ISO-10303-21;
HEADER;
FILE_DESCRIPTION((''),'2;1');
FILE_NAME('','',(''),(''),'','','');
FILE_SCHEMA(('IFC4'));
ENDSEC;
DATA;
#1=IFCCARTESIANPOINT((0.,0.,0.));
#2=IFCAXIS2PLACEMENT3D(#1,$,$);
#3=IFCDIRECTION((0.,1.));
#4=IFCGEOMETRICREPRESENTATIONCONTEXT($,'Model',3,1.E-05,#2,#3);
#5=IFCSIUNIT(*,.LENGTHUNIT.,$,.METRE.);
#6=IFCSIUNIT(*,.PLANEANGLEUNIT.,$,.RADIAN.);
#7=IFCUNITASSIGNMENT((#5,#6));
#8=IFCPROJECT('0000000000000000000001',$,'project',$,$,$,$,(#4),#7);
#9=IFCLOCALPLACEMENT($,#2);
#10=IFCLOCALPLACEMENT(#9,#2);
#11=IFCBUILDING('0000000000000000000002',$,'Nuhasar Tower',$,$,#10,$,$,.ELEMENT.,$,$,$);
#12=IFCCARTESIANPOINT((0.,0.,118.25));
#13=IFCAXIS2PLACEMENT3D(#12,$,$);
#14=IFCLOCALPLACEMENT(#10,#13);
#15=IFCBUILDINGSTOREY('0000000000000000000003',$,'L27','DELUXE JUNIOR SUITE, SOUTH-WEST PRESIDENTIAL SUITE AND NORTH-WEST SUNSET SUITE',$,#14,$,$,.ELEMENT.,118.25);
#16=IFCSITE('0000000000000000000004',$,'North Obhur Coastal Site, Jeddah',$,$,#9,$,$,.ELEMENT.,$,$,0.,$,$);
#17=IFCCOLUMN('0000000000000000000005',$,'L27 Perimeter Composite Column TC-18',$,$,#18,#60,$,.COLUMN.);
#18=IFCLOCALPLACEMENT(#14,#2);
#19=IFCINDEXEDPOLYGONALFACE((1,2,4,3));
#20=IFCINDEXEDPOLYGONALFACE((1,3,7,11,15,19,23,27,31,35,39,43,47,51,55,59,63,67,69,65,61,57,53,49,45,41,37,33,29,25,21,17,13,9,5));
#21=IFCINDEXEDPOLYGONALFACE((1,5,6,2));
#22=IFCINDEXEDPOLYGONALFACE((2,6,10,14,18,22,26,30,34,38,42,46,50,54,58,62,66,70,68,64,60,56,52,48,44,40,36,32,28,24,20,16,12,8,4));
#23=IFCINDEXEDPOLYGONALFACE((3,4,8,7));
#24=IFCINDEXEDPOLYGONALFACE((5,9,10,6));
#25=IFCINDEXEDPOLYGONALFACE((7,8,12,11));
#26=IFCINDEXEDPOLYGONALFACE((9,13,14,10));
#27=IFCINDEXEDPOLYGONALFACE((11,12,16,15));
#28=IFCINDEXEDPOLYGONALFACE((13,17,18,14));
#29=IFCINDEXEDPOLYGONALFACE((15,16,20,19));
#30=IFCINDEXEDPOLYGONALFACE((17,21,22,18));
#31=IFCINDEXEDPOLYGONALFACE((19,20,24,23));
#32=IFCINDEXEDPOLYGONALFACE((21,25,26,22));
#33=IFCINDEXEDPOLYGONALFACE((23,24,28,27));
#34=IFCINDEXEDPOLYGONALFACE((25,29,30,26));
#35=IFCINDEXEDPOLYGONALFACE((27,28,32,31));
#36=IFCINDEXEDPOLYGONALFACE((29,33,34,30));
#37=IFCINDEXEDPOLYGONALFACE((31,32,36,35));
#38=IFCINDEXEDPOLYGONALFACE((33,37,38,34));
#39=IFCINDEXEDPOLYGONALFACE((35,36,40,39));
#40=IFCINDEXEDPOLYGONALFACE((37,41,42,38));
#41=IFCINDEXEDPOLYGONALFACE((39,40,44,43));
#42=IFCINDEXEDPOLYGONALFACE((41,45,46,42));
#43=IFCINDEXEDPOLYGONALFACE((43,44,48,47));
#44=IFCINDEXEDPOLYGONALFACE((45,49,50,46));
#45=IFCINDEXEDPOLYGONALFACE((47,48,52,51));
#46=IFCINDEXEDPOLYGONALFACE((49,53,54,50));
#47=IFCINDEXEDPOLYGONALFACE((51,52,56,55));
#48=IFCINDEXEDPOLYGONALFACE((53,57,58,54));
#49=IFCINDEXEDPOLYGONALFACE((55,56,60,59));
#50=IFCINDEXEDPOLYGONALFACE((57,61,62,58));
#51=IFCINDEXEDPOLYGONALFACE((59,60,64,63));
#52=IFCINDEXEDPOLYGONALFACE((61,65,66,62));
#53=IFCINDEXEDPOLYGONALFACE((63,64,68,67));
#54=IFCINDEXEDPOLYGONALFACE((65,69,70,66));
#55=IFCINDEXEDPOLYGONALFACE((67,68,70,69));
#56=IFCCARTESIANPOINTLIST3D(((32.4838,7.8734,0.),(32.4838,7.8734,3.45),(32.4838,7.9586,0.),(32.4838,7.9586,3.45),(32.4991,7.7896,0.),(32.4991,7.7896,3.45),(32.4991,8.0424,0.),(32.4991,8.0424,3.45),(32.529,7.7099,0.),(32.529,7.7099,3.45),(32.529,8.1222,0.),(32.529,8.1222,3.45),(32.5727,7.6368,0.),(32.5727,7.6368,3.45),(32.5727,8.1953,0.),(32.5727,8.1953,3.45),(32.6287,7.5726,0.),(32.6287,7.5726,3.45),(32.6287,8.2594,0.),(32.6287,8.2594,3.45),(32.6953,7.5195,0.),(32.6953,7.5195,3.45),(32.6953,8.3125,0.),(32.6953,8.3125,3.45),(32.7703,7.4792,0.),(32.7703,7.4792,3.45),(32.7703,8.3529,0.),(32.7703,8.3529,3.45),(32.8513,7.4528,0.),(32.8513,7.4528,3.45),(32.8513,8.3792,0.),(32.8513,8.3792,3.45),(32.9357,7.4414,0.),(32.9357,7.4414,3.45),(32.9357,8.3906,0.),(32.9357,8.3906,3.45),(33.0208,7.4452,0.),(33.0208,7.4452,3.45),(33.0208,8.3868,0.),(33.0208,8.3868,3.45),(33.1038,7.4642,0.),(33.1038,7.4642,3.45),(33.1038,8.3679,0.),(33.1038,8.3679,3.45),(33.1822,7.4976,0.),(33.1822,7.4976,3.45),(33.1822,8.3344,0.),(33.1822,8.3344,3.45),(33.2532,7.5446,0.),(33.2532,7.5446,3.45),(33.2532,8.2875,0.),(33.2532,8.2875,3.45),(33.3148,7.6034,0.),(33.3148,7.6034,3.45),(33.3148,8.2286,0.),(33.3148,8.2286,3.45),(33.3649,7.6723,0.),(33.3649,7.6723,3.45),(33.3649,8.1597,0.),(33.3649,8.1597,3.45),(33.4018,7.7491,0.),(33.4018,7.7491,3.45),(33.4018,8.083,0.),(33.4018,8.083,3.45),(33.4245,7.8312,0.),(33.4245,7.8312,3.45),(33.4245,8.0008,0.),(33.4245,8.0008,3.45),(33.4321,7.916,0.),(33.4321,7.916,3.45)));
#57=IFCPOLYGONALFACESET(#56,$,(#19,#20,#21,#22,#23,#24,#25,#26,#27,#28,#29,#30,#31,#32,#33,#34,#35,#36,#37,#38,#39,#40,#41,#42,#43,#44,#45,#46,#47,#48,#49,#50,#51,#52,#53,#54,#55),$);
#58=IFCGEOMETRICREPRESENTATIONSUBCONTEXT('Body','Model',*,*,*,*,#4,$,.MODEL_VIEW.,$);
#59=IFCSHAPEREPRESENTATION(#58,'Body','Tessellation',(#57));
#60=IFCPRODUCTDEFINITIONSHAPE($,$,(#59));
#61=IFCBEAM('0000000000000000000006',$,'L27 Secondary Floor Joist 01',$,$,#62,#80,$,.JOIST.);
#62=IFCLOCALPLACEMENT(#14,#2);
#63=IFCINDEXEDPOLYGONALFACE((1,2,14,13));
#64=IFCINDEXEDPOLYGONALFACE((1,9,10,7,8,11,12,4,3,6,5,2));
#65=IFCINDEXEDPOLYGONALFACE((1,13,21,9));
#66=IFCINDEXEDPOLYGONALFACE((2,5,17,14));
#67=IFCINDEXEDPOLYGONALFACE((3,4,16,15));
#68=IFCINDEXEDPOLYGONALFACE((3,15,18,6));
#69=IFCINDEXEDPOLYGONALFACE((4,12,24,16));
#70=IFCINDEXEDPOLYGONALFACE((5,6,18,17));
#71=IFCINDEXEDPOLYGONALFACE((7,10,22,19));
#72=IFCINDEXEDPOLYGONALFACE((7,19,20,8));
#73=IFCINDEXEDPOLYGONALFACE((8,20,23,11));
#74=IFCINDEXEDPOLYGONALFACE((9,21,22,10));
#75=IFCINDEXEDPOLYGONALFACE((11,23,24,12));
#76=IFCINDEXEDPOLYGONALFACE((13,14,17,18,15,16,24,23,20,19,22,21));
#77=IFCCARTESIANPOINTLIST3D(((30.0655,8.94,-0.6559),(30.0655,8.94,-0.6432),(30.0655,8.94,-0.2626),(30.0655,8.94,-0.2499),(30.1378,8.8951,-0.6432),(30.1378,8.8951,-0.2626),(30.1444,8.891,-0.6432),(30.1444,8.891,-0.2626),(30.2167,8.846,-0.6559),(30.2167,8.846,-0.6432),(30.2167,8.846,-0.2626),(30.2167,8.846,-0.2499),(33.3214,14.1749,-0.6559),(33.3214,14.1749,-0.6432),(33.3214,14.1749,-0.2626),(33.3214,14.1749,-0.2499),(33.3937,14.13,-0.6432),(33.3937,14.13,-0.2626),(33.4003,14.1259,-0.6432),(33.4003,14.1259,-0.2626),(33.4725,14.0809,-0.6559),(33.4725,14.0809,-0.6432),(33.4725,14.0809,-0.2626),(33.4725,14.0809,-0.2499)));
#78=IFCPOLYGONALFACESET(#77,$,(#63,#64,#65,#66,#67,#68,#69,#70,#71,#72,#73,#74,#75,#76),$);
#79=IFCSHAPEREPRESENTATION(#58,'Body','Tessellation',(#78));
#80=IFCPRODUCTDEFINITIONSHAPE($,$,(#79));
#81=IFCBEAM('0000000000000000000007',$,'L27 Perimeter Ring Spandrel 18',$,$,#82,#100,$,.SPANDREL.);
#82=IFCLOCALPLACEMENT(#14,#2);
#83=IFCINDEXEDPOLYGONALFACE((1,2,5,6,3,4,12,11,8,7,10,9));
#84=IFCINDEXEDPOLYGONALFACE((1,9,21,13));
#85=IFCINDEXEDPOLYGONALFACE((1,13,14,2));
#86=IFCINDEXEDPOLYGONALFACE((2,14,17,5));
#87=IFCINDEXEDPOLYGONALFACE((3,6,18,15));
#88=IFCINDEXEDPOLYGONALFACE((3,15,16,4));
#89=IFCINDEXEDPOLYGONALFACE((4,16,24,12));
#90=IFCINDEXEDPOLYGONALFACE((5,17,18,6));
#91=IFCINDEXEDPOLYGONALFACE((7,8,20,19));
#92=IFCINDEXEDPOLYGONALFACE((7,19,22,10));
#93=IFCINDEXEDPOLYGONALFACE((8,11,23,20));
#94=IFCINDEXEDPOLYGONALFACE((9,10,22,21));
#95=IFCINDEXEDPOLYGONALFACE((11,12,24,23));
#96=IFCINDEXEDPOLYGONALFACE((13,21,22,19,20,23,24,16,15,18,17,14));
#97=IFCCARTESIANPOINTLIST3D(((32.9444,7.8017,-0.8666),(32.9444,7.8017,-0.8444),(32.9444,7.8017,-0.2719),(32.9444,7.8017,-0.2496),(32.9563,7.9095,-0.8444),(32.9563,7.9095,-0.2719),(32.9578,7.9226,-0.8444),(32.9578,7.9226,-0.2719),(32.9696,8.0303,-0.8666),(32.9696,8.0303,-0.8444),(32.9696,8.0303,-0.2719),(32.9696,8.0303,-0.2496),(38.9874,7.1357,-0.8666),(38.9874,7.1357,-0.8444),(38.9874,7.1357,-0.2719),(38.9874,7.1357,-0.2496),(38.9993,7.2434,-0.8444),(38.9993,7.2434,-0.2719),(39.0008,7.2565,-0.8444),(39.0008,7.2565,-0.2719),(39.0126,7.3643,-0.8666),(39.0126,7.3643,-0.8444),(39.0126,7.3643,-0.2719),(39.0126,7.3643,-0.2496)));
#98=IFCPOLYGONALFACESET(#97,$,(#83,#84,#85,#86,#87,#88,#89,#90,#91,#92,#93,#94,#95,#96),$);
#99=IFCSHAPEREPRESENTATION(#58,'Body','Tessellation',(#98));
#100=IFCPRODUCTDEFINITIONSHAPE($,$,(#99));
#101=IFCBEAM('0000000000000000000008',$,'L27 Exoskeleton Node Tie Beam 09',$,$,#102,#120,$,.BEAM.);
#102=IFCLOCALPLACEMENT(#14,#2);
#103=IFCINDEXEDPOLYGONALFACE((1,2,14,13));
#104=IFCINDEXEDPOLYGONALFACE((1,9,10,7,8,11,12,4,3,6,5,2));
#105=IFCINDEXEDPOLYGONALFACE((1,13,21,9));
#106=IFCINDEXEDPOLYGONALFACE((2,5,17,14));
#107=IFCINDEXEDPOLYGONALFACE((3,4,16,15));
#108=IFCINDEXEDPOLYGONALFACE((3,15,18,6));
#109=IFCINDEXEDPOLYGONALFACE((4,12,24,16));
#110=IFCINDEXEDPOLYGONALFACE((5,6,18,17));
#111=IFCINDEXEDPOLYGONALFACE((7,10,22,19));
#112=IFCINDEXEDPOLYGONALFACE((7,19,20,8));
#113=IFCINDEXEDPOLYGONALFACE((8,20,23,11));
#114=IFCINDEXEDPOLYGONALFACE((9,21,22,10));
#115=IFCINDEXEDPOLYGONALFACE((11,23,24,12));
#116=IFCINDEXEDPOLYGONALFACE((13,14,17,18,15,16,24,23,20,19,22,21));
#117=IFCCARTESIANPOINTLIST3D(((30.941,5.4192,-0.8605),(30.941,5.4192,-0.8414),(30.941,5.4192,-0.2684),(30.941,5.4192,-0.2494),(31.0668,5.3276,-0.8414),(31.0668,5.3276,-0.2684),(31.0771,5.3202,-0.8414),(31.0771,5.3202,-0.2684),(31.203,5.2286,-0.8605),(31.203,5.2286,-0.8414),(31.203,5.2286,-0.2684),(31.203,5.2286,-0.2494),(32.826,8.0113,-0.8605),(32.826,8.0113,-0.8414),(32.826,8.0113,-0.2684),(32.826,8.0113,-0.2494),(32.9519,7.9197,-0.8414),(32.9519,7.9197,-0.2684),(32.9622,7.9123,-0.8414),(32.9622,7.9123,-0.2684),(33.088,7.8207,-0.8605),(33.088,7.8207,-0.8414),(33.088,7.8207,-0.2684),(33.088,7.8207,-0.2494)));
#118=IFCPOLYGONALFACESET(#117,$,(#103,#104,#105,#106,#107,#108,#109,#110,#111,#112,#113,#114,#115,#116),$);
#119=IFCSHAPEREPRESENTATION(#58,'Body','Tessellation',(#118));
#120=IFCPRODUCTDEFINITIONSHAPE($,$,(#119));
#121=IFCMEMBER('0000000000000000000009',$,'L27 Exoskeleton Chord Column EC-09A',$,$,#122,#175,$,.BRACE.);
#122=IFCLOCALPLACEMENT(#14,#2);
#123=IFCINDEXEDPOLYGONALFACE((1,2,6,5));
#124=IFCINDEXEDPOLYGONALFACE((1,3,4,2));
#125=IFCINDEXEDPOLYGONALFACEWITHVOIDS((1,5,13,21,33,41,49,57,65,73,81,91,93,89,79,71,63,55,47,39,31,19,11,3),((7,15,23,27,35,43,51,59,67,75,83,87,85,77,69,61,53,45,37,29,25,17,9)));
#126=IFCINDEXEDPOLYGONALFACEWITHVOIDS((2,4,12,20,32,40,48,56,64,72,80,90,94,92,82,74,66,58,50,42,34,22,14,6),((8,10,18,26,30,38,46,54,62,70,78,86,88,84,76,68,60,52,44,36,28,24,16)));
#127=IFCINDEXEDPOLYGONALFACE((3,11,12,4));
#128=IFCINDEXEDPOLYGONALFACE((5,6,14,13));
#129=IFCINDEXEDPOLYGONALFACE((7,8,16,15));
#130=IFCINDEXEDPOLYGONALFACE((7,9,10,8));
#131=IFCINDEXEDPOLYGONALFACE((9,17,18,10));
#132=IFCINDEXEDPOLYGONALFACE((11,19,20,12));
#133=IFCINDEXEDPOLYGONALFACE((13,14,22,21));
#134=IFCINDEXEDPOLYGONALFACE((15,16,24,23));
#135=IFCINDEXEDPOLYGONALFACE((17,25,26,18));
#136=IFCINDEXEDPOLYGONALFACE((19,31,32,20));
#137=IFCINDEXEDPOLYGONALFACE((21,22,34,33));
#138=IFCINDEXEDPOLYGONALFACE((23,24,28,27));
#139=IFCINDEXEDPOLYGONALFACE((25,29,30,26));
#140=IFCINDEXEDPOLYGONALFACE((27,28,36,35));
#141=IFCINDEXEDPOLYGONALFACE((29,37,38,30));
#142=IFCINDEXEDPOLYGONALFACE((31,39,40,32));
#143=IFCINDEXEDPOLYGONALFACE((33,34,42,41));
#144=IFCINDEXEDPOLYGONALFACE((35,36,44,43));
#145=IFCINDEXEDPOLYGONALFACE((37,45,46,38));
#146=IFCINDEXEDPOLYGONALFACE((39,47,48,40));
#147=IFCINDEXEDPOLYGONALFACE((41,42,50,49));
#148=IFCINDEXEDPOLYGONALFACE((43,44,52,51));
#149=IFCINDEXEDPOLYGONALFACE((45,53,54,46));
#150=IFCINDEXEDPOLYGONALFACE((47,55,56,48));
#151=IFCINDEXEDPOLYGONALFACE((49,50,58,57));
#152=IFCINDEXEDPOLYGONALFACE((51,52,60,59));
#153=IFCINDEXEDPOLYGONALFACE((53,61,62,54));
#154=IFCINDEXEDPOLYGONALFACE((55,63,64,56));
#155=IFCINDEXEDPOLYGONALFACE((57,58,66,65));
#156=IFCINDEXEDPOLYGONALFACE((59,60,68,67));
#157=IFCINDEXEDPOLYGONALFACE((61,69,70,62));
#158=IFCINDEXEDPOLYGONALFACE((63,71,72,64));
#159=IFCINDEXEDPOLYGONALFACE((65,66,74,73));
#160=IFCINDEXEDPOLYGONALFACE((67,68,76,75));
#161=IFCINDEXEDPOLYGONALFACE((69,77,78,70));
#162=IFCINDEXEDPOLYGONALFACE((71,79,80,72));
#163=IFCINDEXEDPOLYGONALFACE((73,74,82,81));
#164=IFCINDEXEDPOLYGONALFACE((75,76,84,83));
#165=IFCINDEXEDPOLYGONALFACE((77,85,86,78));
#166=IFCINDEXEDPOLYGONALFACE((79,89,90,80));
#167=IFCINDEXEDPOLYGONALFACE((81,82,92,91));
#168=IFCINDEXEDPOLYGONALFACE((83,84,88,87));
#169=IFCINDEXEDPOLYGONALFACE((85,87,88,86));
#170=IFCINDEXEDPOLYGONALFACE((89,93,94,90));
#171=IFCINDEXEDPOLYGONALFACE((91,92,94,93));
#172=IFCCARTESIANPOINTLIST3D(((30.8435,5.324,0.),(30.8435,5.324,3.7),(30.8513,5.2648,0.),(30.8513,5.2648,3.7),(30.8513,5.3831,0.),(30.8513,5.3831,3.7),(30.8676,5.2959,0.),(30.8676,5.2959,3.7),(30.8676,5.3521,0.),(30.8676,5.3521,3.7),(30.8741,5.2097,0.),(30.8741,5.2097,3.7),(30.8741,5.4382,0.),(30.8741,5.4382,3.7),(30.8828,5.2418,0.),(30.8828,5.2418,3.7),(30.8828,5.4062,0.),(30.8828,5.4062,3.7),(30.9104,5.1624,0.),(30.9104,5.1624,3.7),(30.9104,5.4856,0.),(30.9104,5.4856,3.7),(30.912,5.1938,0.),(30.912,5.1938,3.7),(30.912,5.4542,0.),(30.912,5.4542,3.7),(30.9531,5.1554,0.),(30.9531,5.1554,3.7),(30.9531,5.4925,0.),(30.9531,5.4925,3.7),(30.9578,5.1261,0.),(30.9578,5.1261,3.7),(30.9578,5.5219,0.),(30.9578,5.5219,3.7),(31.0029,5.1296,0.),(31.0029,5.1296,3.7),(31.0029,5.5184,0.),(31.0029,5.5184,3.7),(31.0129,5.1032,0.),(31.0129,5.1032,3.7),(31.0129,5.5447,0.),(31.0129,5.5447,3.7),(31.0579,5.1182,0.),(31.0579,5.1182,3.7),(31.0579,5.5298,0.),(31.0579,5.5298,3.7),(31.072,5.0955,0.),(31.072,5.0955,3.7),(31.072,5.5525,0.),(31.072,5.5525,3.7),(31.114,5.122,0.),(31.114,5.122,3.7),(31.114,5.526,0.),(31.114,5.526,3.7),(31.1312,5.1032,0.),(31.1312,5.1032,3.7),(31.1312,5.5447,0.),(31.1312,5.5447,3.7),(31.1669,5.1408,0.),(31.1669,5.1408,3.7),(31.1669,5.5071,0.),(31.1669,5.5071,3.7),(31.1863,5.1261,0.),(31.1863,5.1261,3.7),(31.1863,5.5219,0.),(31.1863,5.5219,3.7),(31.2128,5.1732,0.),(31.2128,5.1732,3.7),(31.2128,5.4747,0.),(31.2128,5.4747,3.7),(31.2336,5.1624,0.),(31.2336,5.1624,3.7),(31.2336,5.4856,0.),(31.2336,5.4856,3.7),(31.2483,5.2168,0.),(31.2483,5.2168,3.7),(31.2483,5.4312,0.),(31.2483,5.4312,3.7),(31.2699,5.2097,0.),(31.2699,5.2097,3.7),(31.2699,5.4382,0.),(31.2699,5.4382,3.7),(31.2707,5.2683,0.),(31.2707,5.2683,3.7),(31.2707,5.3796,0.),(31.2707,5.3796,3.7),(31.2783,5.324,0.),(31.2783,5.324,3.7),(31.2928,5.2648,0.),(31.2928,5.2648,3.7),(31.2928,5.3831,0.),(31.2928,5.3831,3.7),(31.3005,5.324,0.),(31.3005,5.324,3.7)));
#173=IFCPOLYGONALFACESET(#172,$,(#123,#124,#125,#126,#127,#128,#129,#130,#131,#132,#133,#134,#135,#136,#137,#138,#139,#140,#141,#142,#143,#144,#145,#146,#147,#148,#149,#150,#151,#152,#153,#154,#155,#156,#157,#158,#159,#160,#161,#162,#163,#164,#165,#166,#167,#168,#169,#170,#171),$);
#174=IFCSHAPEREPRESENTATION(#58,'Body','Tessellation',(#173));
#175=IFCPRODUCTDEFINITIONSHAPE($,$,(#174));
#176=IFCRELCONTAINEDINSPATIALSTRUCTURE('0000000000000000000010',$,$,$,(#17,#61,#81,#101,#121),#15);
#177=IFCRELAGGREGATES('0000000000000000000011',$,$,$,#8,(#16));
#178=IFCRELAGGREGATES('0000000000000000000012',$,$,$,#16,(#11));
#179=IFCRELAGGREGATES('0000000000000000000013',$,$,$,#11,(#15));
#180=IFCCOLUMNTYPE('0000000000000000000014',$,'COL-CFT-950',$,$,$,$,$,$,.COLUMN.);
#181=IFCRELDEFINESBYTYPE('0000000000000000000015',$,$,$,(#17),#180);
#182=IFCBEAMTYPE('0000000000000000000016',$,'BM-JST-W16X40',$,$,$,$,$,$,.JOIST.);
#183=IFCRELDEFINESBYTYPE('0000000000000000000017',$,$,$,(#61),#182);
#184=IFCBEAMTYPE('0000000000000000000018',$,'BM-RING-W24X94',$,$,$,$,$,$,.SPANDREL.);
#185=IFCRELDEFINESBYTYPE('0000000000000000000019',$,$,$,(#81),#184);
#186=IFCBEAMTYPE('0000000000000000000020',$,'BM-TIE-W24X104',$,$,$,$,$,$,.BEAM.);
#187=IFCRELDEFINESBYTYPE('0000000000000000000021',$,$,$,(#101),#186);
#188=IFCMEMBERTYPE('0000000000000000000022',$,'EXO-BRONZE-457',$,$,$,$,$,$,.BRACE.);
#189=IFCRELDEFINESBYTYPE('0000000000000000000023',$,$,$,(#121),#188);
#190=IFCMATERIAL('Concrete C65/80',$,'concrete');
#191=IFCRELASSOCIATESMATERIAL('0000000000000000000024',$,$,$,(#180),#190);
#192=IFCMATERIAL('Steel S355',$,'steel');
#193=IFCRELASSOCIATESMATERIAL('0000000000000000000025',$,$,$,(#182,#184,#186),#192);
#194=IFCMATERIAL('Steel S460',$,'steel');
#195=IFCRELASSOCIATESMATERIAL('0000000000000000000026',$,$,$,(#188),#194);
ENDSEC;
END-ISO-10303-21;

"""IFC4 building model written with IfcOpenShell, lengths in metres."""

from ifc_helpers import new_model, si_unit, direction, frame, origin, origin_2d, place, context, subcontext, project, spatial, circle, hollow_circle, i_section, extrude, material, material_profile, profile_set, type_object, element, save


model = new_model("IFC4")

# Units and contexts
model_context = context("Model", 3, precision=1e-05, world=origin(), true_north=direction((0.0, 1.0)))
body_context = subcontext(model_context, "Body", "Model", "MODEL_VIEW")
ifc_project = project(units=[si_unit("LENGTHUNIT", "METRE"), si_unit("PLANEANGLEUNIT", "RADIAN")], contexts=[model_context])

# Site, building, storey
site_placement = place(None, origin())
site = spatial("IfcSite", under=ifc_project, at=site_placement, Name="North Obhur Coastal Site, Jeddah", CompositionType="ELEMENT", RefElevation=0.0)
building_placement = place(site_placement, origin())
building = spatial("IfcBuilding", under=site, at=building_placement, Name="Nuhasar Tower", CompositionType="ELEMENT")
storey_placement = place(building_placement, frame((0.0, 0.0, 118.25)))
storey = spatial("IfcBuildingStorey", under=building, at=storey_placement, Name="L27", Description="DELUXE JUNIOR SUITE, SOUTH-WEST PRESIDENTIAL SUITE AND NORTH-WEST SUNSET SUITE", CompositionType="ELEMENT", Elevation=118.25)

# Column
ifc_material_1 = material(Name="Concrete C65/80", Category="concrete")
ifc_material_profile_1 = material_profile(ifc_material_1, circle(Radius=0.4751, at=origin_2d()), Name="CFT950")
ifc_profile_set_1 = profile_set([ifc_material_profile_1], Name="Concrete C65/80")
column_type = type_object("IfcColumnType", Name="COL-CFT-950", PredefinedType="COLUMN", material=ifc_profile_set_1)
column_placement = place(storey_placement, frame((32.957, 7.916, 0.0), z_axis=(0.0, 0.0, 1.0), x_axis=(1.0, 0.0, 0.0)))
element("IfcColumn", 1, at=column_placement, inside=storey, type_object=column_type, Name="L27 Perimeter Composite Column TC-18", PredefinedType="COLUMN", context=body_context, shape_type="SweptSolid", body=[
    extrude(circle(Radius=0.4751, at=origin_2d()), origin(), (0.0, 0.0, 1.0), 3.45),
])

# Beams
ifc_material_2 = material(Name="Steel S355", Category="steel")
ifc_material_profile_2 = material_profile(ifc_material_2, i_section(OverallWidth=0.178, OverallDepth=0.406, WebThickness=0.0078, FlangeThickness=0.0127, at=origin_2d()), Name="W16X40")
ifc_profile_set_2 = profile_set([ifc_material_profile_2], Name="Steel S355")
beam_type_1 = type_object("IfcBeamType", Name="BM-JST-W16X40", PredefinedType="JOIST", material=ifc_profile_set_2)
beam_1_placement = place(storey_placement, frame((33.397, 14.1279, -0.4529), z_axis=(-0.528139, -0.849158, 0.0), x_axis=(0.849158, -0.528139, 0.0)))
element("IfcBeam", 2, at=beam_1_placement, inside=storey, type_object=beam_type_1, Name="L27 Secondary Floor Joist 01", PredefinedType="JOIST", context=body_context, shape_type="SweptSolid", body=[
    extrude(i_section(OverallWidth=0.178, OverallDepth=0.406, WebThickness=0.0078, FlangeThickness=0.0127, at=origin_2d()), origin(), (0.0, 0.0, 1.0), 6.1648),
])
ifc_material_profile_3 = material_profile(ifc_material_2, i_section(OverallWidth=0.23, OverallDepth=0.6169, WebThickness=0.0132, FlangeThickness=0.0222, at=origin_2d()), Name="W24X94")
ifc_profile_set_3 = profile_set([ifc_material_profile_3], Name="Steel S355")
beam_type_2 = type_object("IfcBeamType", Name="BM-RING-W24X94", PredefinedType="SPANDREL", material=ifc_profile_set_3)
beam_2_placement = place(storey_placement, frame((32.957, 7.916, -0.5581), z_axis=(0.993981, -0.10955, 0.0), x_axis=(0.10955, 0.993981, 0.0)))
element("IfcBeam", 3, at=beam_2_placement, inside=storey, type_object=beam_type_2, Name="L27 Perimeter Ring Spandrel 18", PredefinedType="SPANDREL", context=body_context, shape_type="SweptSolid", body=[
    extrude(i_section(OverallWidth=0.23, OverallDepth=0.6169, WebThickness=0.0132, FlangeThickness=0.0222, at=origin_2d()), origin(), (0.0, 0.0, 1.0), 6.0796),
])
ifc_material_profile_4 = material_profile(ifc_material_2, i_section(OverallWidth=0.324, OverallDepth=0.6111, WebThickness=0.0127, FlangeThickness=0.019, at=origin_2d()), Name="W24X104")
ifc_profile_set_4 = profile_set([ifc_material_profile_4], Name="Steel S355")
beam_type_3 = type_object("IfcBeamType", Name="BM-TIE-W24X104", PredefinedType="BEAM", material=ifc_profile_set_4)
beam_3_placement = place(storey_placement, frame((32.957, 7.916, -0.5549), z_axis=(-0.588149, -0.808753, 0.0), x_axis=(0.808753, -0.588149, 0.0)))
element("IfcBeam", 4, at=beam_3_placement, inside=storey, type_object=beam_type_3, Name="L27 Exoskeleton Node Tie Beam 09", PredefinedType="BEAM", context=body_context, shape_type="SweptSolid", body=[
    extrude(i_section(OverallWidth=0.324, OverallDepth=0.6111, WebThickness=0.0127, FlangeThickness=0.019, at=origin_2d()), origin(), (0.0, 0.0, 1.0), 3.2051),
])

# Member
ifc_material_3 = material(Name="Steel S460", Category="steel")
ifc_material_profile_5 = material_profile(ifc_material_3, hollow_circle(Radius=0.2285, WallThickness=0.0222, at=origin_2d()), Name="HSS457X22.2")
ifc_profile_set_5 = profile_set([ifc_material_profile_5], Name="Steel S460")
member_type = type_object("IfcMemberType", Name="EXO-BRONZE-457", PredefinedType="BRACE", material=ifc_profile_set_5)
for number, where, z_axis, x_axis, name in (
    (5, (31.072, 5.324, 0.0), (0.0, 0.0, 1.0), (1.0, 0.0, 0.0), "L27 Exoskeleton Chord Column EC-09A"),
):
    element("IfcMember", number, at=place(storey_placement, frame(where, z_axis=z_axis, x_axis=x_axis)), inside=storey, type_object=member_type, Name=name, PredefinedType="BRACE", context=body_context, shape_type="SweptSolid", body=[
        extrude(hollow_circle(Radius=0.2285, WallThickness=0.0222, at=origin_2d()), origin(), (0.0, 0.0, 1.0), 3.7),
    ])

save(model, "model.ifc")
